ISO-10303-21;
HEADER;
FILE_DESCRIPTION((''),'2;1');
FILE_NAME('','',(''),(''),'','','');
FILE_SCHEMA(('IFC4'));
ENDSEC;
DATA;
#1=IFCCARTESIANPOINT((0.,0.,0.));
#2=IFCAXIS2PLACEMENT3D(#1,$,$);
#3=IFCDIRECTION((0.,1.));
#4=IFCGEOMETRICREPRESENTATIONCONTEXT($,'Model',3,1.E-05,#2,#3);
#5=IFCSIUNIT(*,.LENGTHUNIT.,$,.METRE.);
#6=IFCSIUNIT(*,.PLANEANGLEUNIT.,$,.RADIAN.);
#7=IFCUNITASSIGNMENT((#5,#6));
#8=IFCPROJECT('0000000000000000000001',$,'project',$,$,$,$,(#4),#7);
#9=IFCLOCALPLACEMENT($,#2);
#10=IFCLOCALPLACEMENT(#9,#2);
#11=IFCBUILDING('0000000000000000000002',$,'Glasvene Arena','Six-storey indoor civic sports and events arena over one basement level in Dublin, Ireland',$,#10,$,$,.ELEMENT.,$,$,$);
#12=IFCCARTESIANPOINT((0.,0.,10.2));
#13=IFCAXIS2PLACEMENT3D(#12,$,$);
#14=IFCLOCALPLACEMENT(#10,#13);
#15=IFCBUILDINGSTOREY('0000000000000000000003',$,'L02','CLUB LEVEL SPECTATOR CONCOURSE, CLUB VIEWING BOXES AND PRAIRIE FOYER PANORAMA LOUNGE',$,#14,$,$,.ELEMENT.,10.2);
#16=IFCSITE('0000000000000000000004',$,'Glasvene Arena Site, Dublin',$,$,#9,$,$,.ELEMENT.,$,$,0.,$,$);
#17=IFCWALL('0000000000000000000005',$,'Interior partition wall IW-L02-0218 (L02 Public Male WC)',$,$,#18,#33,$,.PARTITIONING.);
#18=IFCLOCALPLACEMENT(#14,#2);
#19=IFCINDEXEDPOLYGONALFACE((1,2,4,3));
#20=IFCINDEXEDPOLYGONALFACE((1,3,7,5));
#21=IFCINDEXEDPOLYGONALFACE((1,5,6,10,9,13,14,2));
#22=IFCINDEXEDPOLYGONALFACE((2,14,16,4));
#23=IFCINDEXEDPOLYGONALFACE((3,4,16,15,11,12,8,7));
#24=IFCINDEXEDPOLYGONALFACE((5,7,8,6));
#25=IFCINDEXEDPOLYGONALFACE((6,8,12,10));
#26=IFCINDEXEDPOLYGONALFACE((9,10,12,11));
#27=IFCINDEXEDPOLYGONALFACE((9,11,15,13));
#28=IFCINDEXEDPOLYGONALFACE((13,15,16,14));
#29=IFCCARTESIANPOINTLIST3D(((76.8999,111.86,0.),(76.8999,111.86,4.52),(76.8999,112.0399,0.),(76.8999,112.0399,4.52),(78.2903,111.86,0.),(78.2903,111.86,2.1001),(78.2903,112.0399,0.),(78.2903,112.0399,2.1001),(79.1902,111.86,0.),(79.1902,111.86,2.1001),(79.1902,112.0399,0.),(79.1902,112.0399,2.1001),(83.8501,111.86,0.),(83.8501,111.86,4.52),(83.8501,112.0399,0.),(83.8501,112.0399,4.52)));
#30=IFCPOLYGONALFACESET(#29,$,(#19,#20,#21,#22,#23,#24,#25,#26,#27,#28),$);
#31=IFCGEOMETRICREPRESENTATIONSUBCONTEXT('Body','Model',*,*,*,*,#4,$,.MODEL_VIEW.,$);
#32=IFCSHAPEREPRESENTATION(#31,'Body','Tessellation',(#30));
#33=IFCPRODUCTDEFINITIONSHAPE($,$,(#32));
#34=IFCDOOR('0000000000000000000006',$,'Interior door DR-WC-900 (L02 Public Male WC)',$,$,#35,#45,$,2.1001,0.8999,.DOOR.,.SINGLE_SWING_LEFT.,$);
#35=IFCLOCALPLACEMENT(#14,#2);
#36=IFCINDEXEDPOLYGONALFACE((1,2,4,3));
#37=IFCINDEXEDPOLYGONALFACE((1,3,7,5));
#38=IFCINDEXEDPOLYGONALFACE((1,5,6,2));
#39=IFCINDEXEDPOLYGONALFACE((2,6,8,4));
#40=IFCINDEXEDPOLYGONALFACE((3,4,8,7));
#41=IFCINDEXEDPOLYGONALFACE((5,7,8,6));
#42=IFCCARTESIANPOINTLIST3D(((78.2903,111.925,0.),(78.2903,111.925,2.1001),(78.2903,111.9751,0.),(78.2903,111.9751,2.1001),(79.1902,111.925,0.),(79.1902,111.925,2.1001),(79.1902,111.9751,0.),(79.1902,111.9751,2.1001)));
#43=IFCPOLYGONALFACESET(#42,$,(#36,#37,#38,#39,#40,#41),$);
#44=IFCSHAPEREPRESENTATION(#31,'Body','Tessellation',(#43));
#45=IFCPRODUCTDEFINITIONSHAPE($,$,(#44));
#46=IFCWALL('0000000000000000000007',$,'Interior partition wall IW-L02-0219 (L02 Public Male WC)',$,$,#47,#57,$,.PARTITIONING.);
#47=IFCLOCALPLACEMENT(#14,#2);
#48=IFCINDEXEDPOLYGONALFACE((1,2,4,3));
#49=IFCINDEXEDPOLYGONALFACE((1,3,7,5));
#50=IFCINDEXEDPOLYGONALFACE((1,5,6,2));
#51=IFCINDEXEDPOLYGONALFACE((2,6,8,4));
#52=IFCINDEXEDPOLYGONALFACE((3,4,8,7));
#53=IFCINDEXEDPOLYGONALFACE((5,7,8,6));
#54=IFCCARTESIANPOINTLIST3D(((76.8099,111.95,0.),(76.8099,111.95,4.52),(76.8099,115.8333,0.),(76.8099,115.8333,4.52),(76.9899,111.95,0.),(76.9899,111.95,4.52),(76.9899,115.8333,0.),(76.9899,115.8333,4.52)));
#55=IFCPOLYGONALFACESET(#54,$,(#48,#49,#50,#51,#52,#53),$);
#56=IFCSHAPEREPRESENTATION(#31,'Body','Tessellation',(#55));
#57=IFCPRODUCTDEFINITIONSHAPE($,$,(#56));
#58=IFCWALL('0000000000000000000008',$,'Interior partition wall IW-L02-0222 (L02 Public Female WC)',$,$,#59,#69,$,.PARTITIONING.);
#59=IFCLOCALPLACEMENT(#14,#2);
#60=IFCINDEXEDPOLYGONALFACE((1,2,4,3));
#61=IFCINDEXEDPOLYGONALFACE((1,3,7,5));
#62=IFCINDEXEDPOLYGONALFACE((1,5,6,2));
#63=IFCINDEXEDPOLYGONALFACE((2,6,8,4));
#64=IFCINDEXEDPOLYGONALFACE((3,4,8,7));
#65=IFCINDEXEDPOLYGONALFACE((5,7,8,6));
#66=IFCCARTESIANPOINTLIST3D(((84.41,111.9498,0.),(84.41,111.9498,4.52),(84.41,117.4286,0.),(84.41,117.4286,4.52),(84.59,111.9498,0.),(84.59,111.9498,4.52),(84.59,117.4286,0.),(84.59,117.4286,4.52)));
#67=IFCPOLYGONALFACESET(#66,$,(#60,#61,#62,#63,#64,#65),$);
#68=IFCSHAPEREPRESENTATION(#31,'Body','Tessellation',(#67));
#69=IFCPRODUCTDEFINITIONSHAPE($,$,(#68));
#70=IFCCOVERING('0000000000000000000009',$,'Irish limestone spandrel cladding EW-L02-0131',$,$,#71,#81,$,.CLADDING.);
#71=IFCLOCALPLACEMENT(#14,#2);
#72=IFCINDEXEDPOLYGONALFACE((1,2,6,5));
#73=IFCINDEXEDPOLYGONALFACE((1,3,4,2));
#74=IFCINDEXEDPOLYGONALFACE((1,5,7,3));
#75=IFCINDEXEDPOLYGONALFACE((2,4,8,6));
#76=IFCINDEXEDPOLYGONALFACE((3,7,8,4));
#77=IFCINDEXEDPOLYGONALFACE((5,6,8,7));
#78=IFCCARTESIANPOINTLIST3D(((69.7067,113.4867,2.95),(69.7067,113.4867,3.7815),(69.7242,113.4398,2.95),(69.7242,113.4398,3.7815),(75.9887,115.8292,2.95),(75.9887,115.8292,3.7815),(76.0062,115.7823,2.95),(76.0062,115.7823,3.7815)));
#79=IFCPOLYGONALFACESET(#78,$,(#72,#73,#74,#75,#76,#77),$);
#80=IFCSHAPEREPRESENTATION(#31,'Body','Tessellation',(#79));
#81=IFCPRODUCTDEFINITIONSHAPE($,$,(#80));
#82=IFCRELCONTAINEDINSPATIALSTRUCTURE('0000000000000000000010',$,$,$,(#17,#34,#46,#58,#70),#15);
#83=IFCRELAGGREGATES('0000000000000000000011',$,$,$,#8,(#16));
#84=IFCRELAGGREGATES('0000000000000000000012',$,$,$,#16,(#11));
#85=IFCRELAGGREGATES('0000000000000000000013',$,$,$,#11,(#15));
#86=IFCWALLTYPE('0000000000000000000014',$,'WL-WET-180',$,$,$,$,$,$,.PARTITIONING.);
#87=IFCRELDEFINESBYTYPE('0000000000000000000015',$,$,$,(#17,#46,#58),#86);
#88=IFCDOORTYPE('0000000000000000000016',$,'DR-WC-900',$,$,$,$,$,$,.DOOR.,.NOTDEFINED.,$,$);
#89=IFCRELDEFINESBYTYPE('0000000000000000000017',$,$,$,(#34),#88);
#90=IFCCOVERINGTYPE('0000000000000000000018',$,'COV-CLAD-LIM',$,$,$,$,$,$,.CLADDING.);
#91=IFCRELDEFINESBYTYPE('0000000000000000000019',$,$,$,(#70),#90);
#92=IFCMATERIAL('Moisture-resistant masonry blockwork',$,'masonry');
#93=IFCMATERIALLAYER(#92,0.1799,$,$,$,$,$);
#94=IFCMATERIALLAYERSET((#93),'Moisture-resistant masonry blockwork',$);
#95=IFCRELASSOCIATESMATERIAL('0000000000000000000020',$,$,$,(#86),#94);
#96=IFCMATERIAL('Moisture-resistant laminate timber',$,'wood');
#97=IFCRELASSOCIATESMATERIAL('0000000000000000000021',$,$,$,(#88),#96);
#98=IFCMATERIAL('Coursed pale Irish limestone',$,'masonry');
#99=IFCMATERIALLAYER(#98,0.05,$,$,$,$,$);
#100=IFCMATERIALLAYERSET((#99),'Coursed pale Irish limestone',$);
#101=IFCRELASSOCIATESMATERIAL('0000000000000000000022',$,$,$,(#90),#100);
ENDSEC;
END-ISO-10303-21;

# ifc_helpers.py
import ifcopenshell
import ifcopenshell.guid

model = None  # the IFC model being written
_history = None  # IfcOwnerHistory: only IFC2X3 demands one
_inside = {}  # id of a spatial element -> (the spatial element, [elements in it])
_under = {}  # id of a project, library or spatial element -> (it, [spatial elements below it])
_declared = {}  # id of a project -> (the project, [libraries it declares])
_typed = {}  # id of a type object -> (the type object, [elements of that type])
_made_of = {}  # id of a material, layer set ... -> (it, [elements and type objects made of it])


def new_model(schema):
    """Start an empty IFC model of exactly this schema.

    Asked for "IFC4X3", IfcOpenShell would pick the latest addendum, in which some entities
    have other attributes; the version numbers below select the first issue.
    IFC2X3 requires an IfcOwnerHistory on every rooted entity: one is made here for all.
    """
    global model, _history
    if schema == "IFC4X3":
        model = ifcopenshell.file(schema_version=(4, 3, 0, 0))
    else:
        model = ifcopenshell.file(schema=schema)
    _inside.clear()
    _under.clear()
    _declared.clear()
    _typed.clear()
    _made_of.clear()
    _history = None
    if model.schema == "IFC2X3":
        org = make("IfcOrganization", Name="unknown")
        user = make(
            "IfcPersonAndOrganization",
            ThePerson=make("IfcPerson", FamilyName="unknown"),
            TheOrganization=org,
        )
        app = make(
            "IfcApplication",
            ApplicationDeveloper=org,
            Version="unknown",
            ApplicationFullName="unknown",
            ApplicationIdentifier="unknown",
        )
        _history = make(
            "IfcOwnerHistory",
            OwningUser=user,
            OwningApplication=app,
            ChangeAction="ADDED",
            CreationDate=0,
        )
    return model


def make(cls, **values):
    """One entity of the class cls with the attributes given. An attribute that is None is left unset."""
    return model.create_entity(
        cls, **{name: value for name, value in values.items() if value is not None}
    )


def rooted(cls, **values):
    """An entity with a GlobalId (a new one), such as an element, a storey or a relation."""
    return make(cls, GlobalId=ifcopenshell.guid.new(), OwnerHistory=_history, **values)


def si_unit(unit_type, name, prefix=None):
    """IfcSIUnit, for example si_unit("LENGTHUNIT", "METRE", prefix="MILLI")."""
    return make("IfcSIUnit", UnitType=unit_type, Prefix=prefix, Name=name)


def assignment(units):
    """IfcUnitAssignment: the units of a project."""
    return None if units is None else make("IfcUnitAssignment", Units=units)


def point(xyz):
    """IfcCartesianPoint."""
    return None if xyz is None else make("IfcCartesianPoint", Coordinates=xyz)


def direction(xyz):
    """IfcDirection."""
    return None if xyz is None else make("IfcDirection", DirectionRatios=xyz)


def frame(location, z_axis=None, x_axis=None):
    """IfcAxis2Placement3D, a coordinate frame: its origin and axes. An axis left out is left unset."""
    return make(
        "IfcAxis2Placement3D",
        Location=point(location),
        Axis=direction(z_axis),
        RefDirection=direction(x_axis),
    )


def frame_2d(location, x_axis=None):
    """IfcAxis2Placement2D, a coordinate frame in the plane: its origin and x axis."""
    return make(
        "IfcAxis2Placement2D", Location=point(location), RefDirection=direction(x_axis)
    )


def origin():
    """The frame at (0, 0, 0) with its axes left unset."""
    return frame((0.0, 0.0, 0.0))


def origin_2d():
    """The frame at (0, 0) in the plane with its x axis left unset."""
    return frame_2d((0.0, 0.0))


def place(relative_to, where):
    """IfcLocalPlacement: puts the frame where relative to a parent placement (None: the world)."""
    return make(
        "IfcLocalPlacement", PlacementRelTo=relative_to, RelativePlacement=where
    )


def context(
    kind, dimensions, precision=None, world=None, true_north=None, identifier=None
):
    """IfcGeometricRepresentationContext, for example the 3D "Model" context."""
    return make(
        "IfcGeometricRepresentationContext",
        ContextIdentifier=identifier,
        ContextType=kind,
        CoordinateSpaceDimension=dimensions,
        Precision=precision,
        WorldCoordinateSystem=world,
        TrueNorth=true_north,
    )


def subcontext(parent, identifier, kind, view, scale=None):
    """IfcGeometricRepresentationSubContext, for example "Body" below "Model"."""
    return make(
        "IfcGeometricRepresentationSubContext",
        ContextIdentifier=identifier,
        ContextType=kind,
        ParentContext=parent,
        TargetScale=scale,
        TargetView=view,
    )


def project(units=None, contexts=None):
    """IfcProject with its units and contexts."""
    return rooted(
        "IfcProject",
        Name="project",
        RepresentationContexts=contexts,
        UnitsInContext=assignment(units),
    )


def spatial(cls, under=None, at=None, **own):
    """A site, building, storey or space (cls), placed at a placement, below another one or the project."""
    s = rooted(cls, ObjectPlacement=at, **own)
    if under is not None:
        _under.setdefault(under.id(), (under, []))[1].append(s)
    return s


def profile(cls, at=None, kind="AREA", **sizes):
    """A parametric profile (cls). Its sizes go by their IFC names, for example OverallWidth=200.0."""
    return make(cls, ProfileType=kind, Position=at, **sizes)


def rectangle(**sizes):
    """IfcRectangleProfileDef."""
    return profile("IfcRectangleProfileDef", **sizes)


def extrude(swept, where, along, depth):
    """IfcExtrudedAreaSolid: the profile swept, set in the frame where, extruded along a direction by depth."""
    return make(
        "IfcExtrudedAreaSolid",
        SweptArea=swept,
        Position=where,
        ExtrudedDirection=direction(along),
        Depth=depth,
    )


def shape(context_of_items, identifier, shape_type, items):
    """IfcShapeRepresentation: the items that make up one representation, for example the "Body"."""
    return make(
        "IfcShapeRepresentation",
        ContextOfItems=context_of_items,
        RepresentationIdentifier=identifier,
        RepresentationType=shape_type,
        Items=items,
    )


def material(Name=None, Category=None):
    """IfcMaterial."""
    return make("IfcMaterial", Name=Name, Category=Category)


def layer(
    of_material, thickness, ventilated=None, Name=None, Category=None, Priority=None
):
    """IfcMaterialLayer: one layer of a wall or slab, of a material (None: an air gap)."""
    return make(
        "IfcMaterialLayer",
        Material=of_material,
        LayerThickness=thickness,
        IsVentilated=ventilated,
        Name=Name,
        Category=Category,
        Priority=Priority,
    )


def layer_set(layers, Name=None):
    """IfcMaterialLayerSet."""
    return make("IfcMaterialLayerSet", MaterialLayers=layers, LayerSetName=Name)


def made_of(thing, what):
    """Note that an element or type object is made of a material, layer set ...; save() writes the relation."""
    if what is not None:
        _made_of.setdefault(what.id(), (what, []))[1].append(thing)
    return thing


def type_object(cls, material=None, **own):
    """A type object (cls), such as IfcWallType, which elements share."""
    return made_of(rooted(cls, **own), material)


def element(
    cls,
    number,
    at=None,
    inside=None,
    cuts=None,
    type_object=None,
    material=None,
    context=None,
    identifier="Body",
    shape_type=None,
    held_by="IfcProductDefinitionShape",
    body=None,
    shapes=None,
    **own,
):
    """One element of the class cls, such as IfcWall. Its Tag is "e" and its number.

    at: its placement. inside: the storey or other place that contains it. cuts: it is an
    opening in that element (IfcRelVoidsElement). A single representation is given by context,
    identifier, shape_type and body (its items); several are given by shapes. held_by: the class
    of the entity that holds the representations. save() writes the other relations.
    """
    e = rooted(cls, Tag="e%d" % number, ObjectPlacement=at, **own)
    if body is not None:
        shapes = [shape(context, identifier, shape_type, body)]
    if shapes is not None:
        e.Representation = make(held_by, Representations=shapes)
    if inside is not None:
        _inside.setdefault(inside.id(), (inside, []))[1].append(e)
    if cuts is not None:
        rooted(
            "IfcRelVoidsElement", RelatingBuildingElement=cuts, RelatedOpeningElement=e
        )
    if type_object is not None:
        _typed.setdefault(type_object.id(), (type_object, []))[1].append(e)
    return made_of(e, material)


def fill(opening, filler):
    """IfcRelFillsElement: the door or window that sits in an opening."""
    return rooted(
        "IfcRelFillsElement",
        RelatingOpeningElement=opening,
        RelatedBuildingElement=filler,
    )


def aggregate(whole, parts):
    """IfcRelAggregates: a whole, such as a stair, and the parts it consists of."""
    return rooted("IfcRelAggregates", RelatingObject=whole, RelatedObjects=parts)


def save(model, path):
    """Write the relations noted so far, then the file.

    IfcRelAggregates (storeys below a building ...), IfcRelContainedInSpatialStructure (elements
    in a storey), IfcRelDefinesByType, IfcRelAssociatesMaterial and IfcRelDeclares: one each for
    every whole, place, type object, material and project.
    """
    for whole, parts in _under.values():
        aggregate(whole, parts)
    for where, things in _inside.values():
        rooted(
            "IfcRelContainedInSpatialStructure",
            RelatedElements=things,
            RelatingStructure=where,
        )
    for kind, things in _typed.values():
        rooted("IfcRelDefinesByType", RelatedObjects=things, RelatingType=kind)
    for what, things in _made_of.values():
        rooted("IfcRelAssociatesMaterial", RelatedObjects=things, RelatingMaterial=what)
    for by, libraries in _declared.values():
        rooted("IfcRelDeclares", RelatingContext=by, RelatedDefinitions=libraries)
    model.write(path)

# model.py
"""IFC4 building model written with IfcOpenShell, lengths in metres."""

from ifc_helpers import new_model, si_unit, direction, frame, frame_2d, origin, origin_2d, place, context, subcontext, project, spatial, rectangle, extrude, material, layer, layer_set, type_object, element, fill, save


model = new_model("IFC4")

# Units and contexts
model_context = context("Model", 3, precision=1e-05, world=origin(), true_north=direction((0.0, 1.0)))
body_context = subcontext(model_context, "Body", "Model", "MODEL_VIEW")
ifc_project = project(units=[si_unit("LENGTHUNIT", "METRE"), si_unit("PLANEANGLEUNIT", "RADIAN")], contexts=[model_context])

# Site, building, storey
site_placement = place(None, origin())
site = spatial("IfcSite", under=ifc_project, at=site_placement, Name="Glasvene Arena Site, Dublin", CompositionType="ELEMENT", RefElevation=0.0)
building_placement = place(site_placement, origin())
building = spatial("IfcBuilding", under=site, at=building_placement, Name="Glasvene Arena", Description="Six-storey indoor civic sports and events arena over one basement level in Dublin, Ireland", CompositionType="ELEMENT")
storey_placement = place(building_placement, frame((0.0, 0.0, 10.2)))
storey = spatial("IfcBuildingStorey", under=building, at=storey_placement, Name="L02", Description="CLUB LEVEL SPECTATOR CONCOURSE, CLUB VIEWING BOXES AND PRAIRIE FOYER PANORAMA LOUNGE", CompositionType="ELEMENT", Elevation=10.2)

# Shared definitions
ifc_material_1 = material(Name="Coursed pale Irish limestone", Category="masonry")

# Shared definitions
ifc_material_2 = material(Name="Moisture-resistant masonry blockwork", Category="masonry")
ifc_layer_1 = layer(ifc_material_2, 0.1799)
ifc_layer_set_1 = layer_set([ifc_layer_1], Name="Moisture-resistant masonry blockwork")
wall_type_1 = type_object("IfcWallType", Name="WL-WET-180", PredefinedType="PARTITIONING", material=ifc_layer_set_1)

# Wall, opening, door
wall_1_placement = place(storey_placement, frame((83.8501, 111.95, 0.0), z_axis=(0.0, 0.0, 1.0), x_axis=(-1.0, 0.0, 0.0)))
wall_1 = element("IfcWall", 1, at=wall_1_placement, inside=storey, type_object=wall_type_1, Name="Interior partition wall IW-L02-0218 (L02 Public Male WC)", PredefinedType="PARTITIONING", context=body_context, shape_type="SweptSolid", body=[
    extrude(rectangle(XDim=6.9502, YDim=0.1799, at=frame_2d((3.4751, 0.0))), origin(), (0.0, 0.0, 1.0), 4.52),
])
opening_1_placement = place(wall_1_placement, frame((4.6599, 0.0, 0.0)))
opening_1 = element("IfcOpeningElement", 2, at=opening_1_placement, cuts=wall_1, PredefinedType="OPENING", context=body_context, shape_type="SweptSolid", body=[
    extrude(rectangle(XDim=0.8999, YDim=2.1001, at=frame_2d((0.45, 1.05))), frame((0.0, 0.1001, 0.0), z_axis=(0.0, -1.0, 0.0), x_axis=(1.0, 0.0, 0.0)), (0.0, 0.0, 1.0), 0.2),
])
ifc_material_3 = material(Name="Moisture-resistant laminate timber", Category="wood")
door_type = type_object("IfcDoorType", Name="DR-WC-900", OperationType="NOTDEFINED", PredefinedType="DOOR", material=ifc_material_3)
door_placement = place(opening_1_placement, origin())
door = element("IfcDoor", 3, at=door_placement, inside=storey, type_object=door_type, Name="Interior door DR-WC-900 (L02 Public Male WC)", OperationType="SINGLE_SWING_LEFT", OverallHeight=2.1001, OverallWidth=0.8999, PredefinedType="DOOR", context=body_context, shape_type="SweptSolid", body=[
    extrude(rectangle(XDim=0.8999, YDim=2.1001, at=frame_2d((0.45, 1.05))), frame((0.0, 0.0249, 0.0), z_axis=(0.0, -1.0, 0.0), x_axis=(1.0, 0.0, 0.0)), (0.0, 0.0, 1.0), 0.05),
])
fill(opening_1, door)

# Walls
wall_2_placement = place(storey_placement, frame((76.8999, 111.95, 0.0), z_axis=(0.0, 0.0, 1.0), x_axis=(0.0, 1.0, 0.0)))
element("IfcWall", 4, at=wall_2_placement, inside=storey, type_object=wall_type_1, Name="Interior partition wall IW-L02-0219 (L02 Public Male WC)", PredefinedType="PARTITIONING", context=body_context, shape_type="SweptSolid", body=[
    extrude(rectangle(XDim=3.8833, YDim=0.1799, at=frame_2d((1.9417, 0.0))), origin(), (0.0, 0.0, 1.0), 4.52),
])
wall_3_placement = place(storey_placement, frame((84.5, 111.95, 0.0), z_axis=(0.0, 0.0, 1.0), x_axis=(0.0, 1.0, 0.0)))
element("IfcWall", 5, at=wall_3_placement, inside=storey, type_object=wall_type_1, Name="Interior partition wall IW-L02-0222 (L02 Public Female WC)", PredefinedType="PARTITIONING", context=body_context, shape_type="SweptSolid", body=[
    extrude(rectangle(XDim=5.4788, YDim=0.1799, at=frame_2d((2.7393, 0.0))), origin(), (0.0, 0.0, 1.0), 4.52),
])

# Covering
ifc_layer_2 = layer(ifc_material_1, 0.05)
ifc_layer_set_2 = layer_set([ifc_layer_2], Name="Coursed pale Irish limestone")
covering_type = type_object("IfcCoveringType", Name="COV-CLAD-LIM", PredefinedType="CLADDING", material=ifc_layer_set_2)
covering_placement = place(storey_placement, frame((72.8564, 114.6345, 2.95), z_axis=(0.0, 0.0, 1.0), x_axis=(0.936977, 0.34939, 0.0)))
element("IfcCovering", 6, at=covering_placement, inside=storey, type_object=covering_type, Name="Irish limestone spandrel cladding EW-L02-0131", PredefinedType="CLADDING", context=body_context, shape_type="SweptSolid", body=[
    extrude(rectangle(XDim=6.7046, YDim=0.05, at=origin_2d()), origin(), (0.0, 0.0, 1.0), 0.8315),
])

save(model, "model.ifc")
